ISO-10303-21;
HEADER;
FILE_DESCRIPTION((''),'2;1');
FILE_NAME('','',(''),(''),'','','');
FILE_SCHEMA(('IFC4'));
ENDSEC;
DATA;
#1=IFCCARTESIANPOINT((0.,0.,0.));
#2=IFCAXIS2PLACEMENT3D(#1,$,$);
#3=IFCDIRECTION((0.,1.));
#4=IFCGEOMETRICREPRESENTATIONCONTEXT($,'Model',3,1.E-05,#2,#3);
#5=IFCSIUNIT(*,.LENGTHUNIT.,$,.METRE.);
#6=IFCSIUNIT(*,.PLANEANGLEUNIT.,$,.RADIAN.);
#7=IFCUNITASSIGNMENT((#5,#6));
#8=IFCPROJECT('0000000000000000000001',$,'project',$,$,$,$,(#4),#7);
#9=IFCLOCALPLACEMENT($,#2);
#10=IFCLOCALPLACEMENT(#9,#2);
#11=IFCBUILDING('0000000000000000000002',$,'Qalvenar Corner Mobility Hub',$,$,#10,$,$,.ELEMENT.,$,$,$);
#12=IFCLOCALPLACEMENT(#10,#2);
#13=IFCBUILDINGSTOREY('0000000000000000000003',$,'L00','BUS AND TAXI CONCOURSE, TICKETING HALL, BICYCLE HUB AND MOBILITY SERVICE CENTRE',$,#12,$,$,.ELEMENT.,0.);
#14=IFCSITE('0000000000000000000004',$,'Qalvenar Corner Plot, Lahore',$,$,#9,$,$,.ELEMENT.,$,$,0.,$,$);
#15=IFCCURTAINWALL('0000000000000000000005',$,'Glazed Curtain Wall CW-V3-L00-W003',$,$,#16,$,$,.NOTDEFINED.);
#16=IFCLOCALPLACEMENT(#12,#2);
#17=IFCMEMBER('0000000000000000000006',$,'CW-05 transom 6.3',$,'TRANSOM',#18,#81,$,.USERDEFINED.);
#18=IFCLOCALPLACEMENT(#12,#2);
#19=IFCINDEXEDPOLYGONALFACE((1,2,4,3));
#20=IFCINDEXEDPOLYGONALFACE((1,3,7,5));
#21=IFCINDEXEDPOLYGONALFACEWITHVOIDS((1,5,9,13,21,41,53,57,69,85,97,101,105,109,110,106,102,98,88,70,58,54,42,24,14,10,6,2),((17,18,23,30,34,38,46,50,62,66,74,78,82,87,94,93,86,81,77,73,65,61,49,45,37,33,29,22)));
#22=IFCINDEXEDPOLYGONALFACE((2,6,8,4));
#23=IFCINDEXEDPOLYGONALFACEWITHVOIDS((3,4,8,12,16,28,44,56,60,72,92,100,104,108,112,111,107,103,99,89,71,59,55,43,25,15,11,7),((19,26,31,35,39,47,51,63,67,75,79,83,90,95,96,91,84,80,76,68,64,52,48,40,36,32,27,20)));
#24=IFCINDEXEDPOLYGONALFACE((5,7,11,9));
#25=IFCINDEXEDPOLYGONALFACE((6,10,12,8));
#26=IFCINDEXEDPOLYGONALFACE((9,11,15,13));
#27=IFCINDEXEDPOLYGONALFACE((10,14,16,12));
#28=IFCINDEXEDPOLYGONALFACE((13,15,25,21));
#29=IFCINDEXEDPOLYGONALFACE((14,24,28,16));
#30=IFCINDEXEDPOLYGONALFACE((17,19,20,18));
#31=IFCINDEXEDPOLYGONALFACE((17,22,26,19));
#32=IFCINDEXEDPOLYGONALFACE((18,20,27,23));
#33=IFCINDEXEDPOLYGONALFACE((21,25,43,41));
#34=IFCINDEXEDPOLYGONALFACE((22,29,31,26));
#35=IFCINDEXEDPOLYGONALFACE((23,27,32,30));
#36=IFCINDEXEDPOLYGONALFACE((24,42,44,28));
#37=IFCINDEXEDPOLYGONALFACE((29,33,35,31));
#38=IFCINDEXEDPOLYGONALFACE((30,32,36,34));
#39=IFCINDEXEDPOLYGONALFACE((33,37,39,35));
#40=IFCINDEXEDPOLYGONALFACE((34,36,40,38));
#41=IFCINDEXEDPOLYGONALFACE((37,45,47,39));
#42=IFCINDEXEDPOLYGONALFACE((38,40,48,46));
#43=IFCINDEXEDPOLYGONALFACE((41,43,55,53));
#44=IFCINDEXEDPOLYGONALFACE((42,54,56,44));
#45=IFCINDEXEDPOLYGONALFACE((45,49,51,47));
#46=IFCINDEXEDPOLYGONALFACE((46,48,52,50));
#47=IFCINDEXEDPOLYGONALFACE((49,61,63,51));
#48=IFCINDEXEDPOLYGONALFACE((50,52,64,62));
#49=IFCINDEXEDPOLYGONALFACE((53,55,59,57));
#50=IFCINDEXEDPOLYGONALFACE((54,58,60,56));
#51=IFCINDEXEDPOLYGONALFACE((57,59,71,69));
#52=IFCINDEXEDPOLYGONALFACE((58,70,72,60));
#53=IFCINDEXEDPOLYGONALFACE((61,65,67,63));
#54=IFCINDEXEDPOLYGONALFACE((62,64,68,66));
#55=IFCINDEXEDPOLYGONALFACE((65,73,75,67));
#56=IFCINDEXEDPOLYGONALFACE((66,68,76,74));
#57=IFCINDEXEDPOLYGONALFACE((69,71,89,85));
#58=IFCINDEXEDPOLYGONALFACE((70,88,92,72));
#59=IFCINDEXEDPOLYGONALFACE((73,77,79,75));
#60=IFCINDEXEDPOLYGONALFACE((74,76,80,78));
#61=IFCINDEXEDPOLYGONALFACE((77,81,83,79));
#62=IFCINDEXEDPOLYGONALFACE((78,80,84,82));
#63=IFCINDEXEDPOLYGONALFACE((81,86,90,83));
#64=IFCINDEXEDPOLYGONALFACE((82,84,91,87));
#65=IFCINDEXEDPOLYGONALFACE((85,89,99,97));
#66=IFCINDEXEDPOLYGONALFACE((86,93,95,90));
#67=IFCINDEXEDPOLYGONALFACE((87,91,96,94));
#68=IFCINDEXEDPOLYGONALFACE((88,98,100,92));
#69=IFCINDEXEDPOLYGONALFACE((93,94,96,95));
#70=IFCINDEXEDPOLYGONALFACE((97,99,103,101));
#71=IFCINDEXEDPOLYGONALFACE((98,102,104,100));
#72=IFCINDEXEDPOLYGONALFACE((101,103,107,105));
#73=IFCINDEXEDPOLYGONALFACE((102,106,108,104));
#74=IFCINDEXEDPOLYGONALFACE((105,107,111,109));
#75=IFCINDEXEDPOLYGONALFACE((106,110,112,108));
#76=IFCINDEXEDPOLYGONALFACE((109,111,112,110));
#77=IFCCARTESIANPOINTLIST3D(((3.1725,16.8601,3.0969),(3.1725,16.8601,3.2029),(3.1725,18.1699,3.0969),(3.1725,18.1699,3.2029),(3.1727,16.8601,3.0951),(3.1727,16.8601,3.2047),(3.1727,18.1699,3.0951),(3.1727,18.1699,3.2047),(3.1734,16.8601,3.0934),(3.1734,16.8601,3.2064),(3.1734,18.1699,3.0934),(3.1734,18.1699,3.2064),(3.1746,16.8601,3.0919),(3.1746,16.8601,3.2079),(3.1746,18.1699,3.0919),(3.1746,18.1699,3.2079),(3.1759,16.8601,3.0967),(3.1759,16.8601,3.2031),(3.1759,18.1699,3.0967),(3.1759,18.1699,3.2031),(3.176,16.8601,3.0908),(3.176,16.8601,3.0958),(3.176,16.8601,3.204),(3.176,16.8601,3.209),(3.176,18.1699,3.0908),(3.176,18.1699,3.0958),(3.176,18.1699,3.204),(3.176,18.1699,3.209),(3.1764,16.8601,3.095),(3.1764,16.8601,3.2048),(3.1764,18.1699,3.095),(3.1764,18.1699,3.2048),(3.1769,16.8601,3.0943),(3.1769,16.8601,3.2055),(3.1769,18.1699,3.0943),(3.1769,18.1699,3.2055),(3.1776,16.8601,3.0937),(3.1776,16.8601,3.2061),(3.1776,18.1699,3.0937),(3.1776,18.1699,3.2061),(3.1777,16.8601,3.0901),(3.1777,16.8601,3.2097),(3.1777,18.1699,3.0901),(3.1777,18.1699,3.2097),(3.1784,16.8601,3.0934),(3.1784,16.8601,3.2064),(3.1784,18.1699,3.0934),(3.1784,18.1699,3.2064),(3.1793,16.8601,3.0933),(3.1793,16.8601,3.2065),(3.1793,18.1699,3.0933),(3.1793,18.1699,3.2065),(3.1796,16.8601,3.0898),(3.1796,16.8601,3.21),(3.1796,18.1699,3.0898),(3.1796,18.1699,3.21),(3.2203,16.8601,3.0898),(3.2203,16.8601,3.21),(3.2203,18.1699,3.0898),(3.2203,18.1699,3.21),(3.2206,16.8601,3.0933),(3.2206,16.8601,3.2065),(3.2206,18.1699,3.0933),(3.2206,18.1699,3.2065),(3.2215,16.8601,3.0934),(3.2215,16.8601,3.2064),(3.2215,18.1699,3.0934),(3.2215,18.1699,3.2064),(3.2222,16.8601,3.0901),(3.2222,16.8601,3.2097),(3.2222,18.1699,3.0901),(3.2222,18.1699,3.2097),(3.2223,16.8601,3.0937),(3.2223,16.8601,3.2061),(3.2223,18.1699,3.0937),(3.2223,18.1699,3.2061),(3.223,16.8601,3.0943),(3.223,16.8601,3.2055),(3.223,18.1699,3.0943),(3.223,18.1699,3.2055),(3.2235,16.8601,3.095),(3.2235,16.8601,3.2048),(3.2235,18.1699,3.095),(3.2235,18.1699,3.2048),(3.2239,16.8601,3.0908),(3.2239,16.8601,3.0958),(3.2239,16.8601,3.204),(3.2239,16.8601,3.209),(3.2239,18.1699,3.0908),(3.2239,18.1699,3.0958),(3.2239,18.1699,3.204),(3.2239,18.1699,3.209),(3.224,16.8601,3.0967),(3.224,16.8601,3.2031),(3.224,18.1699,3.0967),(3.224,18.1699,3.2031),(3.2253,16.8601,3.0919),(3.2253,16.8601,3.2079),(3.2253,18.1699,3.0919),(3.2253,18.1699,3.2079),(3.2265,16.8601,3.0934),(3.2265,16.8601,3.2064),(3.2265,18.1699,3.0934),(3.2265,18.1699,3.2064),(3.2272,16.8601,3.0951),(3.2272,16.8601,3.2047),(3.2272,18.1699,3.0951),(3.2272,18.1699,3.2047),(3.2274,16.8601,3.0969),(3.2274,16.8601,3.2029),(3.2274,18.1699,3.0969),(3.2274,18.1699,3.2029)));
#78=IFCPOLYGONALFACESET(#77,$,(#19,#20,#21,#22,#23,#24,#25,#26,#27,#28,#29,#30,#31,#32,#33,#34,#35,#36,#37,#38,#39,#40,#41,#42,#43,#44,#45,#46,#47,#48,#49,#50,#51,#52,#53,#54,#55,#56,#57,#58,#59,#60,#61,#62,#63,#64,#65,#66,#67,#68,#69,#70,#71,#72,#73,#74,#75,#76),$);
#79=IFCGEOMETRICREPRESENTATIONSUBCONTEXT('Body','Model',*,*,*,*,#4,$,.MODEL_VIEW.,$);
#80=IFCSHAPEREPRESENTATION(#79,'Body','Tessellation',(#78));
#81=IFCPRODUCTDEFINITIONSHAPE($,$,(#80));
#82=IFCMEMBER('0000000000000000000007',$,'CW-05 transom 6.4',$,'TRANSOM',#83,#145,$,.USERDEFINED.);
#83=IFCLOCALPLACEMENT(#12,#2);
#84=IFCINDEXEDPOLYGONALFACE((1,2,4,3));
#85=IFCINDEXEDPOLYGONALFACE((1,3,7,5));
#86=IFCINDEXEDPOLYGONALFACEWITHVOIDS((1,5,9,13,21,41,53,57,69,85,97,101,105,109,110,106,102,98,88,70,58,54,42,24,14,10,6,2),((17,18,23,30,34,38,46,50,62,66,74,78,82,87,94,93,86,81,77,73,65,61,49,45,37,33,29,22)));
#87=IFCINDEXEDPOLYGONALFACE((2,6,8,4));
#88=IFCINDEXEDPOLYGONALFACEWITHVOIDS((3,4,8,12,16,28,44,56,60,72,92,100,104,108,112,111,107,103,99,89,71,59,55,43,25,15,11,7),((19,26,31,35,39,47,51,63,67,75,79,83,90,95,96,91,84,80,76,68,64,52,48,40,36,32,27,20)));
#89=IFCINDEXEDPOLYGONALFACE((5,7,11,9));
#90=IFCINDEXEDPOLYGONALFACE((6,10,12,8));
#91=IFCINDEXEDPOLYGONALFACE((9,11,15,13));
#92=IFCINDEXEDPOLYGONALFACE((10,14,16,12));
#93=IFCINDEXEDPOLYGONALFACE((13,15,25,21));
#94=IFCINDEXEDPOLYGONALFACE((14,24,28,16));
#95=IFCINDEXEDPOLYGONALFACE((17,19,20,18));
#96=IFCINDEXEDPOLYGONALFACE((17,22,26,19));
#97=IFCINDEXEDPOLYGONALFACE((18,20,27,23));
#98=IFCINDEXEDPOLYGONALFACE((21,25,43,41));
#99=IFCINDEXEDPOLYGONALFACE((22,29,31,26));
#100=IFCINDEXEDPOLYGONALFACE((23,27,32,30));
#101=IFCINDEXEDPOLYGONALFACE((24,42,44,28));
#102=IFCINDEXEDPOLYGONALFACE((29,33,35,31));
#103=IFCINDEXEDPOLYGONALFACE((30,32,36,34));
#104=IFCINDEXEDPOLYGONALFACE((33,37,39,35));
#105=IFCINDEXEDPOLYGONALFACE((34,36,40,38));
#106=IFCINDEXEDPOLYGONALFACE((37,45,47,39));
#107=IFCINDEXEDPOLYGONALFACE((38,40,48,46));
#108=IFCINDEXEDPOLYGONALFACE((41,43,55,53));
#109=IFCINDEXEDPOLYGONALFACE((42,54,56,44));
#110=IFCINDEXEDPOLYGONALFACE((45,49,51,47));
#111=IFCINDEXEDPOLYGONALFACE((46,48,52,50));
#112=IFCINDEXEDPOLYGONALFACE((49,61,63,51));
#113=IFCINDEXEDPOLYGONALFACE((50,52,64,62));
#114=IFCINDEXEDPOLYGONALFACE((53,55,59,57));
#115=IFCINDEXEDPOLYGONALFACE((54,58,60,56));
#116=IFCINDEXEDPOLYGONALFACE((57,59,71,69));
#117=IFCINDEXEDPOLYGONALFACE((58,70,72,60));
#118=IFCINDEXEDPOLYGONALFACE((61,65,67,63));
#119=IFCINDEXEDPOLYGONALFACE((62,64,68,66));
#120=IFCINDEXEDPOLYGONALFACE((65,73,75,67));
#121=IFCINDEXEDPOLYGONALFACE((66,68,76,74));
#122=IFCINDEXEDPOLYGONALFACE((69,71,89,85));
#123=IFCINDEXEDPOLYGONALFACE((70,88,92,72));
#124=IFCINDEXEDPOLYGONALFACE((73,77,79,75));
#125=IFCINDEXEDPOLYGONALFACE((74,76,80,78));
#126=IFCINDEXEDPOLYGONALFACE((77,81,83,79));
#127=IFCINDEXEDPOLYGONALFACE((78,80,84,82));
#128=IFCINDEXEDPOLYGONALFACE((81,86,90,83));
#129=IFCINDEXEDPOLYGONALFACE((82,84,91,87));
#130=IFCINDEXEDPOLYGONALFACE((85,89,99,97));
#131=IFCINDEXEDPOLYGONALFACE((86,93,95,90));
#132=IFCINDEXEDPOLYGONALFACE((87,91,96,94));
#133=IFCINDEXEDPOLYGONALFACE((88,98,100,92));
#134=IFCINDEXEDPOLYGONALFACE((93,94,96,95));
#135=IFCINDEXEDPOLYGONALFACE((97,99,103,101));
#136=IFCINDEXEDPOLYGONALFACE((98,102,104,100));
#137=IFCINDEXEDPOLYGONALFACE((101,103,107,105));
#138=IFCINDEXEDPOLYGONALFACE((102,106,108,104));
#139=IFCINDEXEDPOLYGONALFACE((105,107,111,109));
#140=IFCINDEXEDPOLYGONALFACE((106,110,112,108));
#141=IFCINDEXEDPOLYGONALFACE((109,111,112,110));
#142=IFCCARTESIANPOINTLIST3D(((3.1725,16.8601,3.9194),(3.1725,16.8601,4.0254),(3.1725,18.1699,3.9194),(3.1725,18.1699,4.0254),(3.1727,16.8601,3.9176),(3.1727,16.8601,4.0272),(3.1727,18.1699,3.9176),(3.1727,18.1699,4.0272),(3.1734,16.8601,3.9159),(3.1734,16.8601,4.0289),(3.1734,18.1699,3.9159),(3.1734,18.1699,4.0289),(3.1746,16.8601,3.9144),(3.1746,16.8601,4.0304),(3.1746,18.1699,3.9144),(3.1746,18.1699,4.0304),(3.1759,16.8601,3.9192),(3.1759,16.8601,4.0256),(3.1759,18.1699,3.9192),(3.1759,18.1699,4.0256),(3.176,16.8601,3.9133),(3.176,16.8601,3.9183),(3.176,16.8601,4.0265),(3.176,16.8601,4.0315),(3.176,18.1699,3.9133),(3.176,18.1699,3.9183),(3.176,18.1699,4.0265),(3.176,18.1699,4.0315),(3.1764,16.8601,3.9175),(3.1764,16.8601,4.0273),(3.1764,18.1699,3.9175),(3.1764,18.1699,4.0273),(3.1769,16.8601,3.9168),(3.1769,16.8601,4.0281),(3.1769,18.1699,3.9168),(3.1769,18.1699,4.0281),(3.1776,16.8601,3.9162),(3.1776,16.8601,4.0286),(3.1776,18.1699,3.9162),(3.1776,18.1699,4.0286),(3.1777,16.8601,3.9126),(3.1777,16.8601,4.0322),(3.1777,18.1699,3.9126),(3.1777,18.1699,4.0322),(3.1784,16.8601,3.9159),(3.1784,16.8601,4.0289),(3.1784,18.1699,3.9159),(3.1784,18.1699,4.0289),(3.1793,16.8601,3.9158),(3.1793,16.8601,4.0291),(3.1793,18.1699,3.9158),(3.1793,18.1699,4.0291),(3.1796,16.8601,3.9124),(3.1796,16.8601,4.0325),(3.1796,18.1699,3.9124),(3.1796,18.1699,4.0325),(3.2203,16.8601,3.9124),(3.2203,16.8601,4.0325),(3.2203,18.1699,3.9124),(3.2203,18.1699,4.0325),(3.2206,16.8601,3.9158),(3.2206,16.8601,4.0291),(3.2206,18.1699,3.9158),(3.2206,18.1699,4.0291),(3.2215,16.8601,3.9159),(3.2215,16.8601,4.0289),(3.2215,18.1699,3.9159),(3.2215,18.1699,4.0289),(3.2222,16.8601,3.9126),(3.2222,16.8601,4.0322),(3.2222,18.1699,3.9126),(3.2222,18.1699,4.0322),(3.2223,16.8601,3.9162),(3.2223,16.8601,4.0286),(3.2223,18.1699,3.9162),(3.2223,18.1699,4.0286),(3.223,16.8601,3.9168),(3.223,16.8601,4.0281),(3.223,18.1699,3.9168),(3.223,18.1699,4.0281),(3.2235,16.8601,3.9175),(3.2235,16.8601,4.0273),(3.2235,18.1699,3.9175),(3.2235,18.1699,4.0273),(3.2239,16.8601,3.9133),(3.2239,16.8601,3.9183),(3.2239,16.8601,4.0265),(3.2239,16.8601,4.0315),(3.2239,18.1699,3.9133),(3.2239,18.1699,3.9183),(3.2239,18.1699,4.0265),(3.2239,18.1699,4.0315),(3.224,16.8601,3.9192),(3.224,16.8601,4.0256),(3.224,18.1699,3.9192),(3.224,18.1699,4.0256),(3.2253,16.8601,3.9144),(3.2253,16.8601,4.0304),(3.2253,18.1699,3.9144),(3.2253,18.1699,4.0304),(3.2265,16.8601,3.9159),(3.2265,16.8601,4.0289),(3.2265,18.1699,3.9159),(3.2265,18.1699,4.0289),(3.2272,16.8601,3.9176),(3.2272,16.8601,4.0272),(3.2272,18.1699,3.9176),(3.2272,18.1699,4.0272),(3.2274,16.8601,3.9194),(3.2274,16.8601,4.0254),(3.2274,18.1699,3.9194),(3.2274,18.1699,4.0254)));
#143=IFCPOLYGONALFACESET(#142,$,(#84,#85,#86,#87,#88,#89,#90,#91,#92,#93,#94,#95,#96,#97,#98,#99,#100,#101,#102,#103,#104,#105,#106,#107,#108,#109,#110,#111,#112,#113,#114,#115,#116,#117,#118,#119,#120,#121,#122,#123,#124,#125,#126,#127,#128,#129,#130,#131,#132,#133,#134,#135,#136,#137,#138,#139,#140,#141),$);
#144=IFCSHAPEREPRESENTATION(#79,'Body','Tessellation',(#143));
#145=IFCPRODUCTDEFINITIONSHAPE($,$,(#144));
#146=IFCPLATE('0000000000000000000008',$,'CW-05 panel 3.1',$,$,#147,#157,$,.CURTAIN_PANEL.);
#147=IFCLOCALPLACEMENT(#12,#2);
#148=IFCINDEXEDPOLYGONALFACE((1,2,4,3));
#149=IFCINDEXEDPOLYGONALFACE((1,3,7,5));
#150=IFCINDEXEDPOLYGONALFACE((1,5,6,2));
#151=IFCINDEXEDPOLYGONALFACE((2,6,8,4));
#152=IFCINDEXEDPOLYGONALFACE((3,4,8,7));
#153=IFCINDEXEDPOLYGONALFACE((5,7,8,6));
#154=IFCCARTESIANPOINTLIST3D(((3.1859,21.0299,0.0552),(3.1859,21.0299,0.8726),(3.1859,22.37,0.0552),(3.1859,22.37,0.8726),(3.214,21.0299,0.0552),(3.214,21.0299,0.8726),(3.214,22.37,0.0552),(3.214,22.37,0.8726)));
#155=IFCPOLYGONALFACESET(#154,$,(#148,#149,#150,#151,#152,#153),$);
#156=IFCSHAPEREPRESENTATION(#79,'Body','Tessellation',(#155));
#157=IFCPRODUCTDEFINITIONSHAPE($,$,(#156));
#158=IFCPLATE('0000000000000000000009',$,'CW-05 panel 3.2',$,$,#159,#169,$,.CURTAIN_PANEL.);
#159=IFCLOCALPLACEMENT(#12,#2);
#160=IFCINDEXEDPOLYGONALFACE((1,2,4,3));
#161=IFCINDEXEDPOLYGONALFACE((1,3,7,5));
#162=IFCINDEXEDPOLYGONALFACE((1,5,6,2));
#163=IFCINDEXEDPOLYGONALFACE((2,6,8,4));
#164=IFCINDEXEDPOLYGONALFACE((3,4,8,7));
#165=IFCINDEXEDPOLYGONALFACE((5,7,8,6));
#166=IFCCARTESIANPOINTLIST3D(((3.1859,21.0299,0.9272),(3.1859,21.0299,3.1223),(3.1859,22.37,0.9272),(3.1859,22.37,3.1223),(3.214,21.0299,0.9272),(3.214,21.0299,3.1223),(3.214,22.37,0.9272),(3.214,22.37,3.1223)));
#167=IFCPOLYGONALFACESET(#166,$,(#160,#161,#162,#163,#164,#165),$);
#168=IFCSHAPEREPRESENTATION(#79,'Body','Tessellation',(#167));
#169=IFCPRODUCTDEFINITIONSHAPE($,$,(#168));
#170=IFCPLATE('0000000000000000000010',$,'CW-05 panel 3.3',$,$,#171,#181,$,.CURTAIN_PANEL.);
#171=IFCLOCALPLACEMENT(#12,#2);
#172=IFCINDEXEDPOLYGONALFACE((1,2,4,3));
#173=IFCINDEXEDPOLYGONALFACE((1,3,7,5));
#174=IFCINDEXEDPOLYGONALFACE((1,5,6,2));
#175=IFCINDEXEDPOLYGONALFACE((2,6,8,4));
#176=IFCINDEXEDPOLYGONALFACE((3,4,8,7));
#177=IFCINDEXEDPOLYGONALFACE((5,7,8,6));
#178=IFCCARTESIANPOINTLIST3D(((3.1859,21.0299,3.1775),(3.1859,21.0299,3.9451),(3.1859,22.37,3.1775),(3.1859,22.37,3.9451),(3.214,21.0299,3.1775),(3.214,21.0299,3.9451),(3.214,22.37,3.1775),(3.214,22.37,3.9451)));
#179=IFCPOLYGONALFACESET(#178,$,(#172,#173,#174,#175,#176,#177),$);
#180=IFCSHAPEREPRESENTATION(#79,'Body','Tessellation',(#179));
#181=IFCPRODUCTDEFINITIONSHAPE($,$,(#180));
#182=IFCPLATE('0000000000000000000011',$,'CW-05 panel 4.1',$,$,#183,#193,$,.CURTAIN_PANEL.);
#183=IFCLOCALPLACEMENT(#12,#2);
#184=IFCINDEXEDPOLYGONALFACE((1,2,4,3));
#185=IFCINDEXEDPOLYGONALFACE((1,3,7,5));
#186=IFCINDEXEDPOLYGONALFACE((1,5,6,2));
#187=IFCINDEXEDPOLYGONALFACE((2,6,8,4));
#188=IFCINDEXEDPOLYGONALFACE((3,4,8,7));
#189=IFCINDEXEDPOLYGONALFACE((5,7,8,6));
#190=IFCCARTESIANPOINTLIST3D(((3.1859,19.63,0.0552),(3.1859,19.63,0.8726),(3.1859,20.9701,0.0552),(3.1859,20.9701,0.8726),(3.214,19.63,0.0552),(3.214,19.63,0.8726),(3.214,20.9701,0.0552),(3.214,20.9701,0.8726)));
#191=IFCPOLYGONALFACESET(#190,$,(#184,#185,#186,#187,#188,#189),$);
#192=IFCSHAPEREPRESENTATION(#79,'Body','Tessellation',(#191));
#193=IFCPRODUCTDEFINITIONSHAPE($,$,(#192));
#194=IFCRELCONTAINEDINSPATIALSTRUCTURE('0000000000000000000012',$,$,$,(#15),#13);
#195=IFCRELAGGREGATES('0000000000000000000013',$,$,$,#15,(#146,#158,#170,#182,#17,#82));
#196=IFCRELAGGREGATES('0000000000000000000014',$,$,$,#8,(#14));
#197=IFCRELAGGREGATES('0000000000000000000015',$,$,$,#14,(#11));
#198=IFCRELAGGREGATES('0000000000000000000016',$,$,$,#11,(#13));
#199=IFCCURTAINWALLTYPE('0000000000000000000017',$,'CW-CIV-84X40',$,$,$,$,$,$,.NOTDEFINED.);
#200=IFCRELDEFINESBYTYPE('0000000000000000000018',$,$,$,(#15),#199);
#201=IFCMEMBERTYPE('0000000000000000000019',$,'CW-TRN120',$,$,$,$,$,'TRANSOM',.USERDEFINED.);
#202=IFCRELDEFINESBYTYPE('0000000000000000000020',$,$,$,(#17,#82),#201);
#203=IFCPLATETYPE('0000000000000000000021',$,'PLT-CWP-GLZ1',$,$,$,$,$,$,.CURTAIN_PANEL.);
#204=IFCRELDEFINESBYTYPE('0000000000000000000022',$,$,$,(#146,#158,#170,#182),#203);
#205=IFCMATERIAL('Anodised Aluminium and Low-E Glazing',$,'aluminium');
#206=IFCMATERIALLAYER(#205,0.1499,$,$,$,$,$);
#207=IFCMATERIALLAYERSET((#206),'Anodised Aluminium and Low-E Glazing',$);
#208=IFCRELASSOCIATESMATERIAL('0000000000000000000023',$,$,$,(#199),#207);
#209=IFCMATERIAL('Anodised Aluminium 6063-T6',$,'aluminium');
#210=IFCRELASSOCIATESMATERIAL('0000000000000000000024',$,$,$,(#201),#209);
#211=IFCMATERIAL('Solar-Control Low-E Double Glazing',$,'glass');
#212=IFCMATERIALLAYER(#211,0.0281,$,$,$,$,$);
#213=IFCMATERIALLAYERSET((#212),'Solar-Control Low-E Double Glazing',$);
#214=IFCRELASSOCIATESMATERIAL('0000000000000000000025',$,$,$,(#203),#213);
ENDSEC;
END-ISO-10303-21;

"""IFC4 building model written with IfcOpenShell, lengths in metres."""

from ifc_helpers import new_model, si_unit, direction, frame, origin, origin_2d, place, context, subcontext, project, spatial, rectangle, hollow_rectangle, extrude, material, layer, layer_set, material_profile, profile_set, type_object, element, aggregate, save


model = new_model("IFC4")

# Units and contexts
model_context = context("Model", 3, precision=1e-05, world=origin(), true_north=direction((0.0, 1.0)))
body_context = subcontext(model_context, "Body", "Model", "MODEL_VIEW")
ifc_project = project(units=[si_unit("LENGTHUNIT", "METRE"), si_unit("PLANEANGLEUNIT", "RADIAN")], contexts=[model_context])

# Site, building, storey
site_placement = place(None, origin())
site = spatial("IfcSite", under=ifc_project, at=site_placement, Name="Qalvenar Corner Plot, Lahore", CompositionType="ELEMENT", RefElevation=0.0)
building_placement = place(site_placement, origin())
building = spatial("IfcBuilding", under=site, at=building_placement, Name="Qalvenar Corner Mobility Hub", CompositionType="ELEMENT")
storey_placement = place(building_placement, origin())
storey = spatial("IfcBuildingStorey", under=building, at=storey_placement, Name="L00", Description="BUS AND TAXI CONCOURSE, TICKETING HALL, BICYCLE HUB AND MOBILITY SERVICE CENTRE", CompositionType="ELEMENT", Elevation=0.0)

# Curtain wall, members, plates
ifc_material_1 = material(Name="Anodised Aluminium and Low-E Glazing", Category="aluminium")
ifc_layer_1 = layer(ifc_material_1, 0.1499)
ifc_layer_set_1 = layer_set([ifc_layer_1], Name="Anodised Aluminium and Low-E Glazing")
curtain_wall_type = type_object("IfcCurtainWallType", Name="CW-CIV-84X40", PredefinedType="NOTDEFINED", material=ifc_layer_set_1)
curtain_wall_placement = place(storey_placement, origin())
curtain_wall = element("IfcCurtainWall", 1, at=curtain_wall_placement, inside=storey, type_object=curtain_wall_type, Name="Glazed Curtain Wall CW-V3-L00-W003", PredefinedType="NOTDEFINED")
ifc_material_2 = material(Name="Anodised Aluminium 6063-T6", Category="aluminium")
ifc_material_profile_1 = material_profile(ifc_material_2, hollow_rectangle(XDim=0.0549, YDim=0.1201, WallThickness=0.0034, InnerFilletRadius=0.0034, OuterFilletRadius=0.0071, at=origin_2d()), Name="RHS120x55x3.5")
ifc_profile_set_1 = profile_set([ifc_material_profile_1], Name="Anodised Aluminium 6063-T6")
member_type_1 = type_object("IfcMemberType", Name="CW-TRN120", ElementType="TRANSOM", PredefinedType="USERDEFINED", material=ifc_profile_set_1)
member_1_placement = place(storey_placement, frame((3.2, 18.1699, 3.1499), z_axis=(0.0, -1.0, 0.0), x_axis=(1.0, 0.0, 0.0)))
member_1 = element("IfcMember", 2, at=member_1_placement, type_object=member_type_1, Name="CW-05 transom 6.3", ObjectType="TRANSOM", PredefinedType="USERDEFINED", context=body_context, shape_type="SweptSolid", body=[
    extrude(hollow_rectangle(XDim=0.0549, YDim=0.1201, WallThickness=0.0034, InnerFilletRadius=0.0034, OuterFilletRadius=0.0071, at=origin_2d()), origin(), (0.0, 0.0, 1.0), 1.3098),
])
member_2_placement = place(storey_placement, frame((3.2, 18.1699, 3.9724), z_axis=(0.0, -1.0, 0.0), x_axis=(1.0, 0.0, 0.0)))
member_2 = element("IfcMember", 3, at=member_2_placement, type_object=member_type_1, Name="CW-05 transom 6.4", ObjectType="TRANSOM", PredefinedType="USERDEFINED", context=body_context, shape_type="SweptSolid", body=[
    extrude(hollow_rectangle(XDim=0.0549, YDim=0.1201, WallThickness=0.0034, InnerFilletRadius=0.0034, OuterFilletRadius=0.0071, at=origin_2d()), origin(), (0.0, 0.0, 1.0), 1.3098),
])
ifc_material_3 = material(Name="Solar-Control Low-E Double Glazing", Category="glass")
ifc_layer_2 = layer(ifc_material_3, 0.0281)
ifc_layer_set_2 = layer_set([ifc_layer_2], Name="Solar-Control Low-E Double Glazing")
plate_type = type_object("IfcPlateType", Name="PLT-CWP-GLZ1", PredefinedType="CURTAIN_PANEL", material=ifc_layer_set_2)
plate_1_placement = place(storey_placement, frame((3.2, 21.7, 0.0552), z_axis=(0.0, 0.0, 1.0), x_axis=(0.0, -1.0, 0.0)))
plate_1 = element("IfcPlate", 4, at=plate_1_placement, type_object=plate_type, Name="CW-05 panel 3.1", PredefinedType="CURTAIN_PANEL", context=body_context, shape_type="SweptSolid", body=[
    extrude(rectangle(XDim=1.3401, YDim=0.0281, at=origin_2d()), origin(), (0.0, 0.0, 1.0), 0.8174),
])
plate_2_placement = place(storey_placement, frame((3.2, 21.7, 0.9272), z_axis=(0.0, 0.0, 1.0), x_axis=(0.0, -1.0, 0.0)))
plate_2 = element("IfcPlate", 5, at=plate_2_placement, type_object=plate_type, Name="CW-05 panel 3.2", PredefinedType="CURTAIN_PANEL", context=body_context, shape_type="SweptSolid", body=[
    extrude(rectangle(XDim=1.3401, YDim=0.0281, at=origin_2d()), origin(), (0.0, 0.0, 1.0), 2.1951),
])
plate_3_placement = place(storey_placement, frame((3.2, 21.7, 3.1775), z_axis=(0.0, 0.0, 1.0), x_axis=(0.0, -1.0, 0.0)))
plate_3 = element("IfcPlate", 6, at=plate_3_placement, type_object=plate_type, Name="CW-05 panel 3.3", PredefinedType="CURTAIN_PANEL", context=body_context, shape_type="SweptSolid", body=[
    extrude(rectangle(XDim=1.3401, YDim=0.0281, at=origin_2d()), origin(), (0.0, 0.0, 1.0), 0.7676),
])
plate_4_placement = place(storey_placement, frame((3.2, 20.3, 0.0552), z_axis=(0.0, 0.0, 1.0), x_axis=(0.0, -1.0, 0.0)))
plate_4 = element("IfcPlate", 7, at=plate_4_placement, type_object=plate_type, Name="CW-05 panel 4.1", PredefinedType="CURTAIN_PANEL", context=body_context, shape_type="SweptSolid", body=[
    extrude(rectangle(XDim=1.3401, YDim=0.0281, at=origin_2d()), origin(), (0.0, 0.0, 1.0), 0.8174),
])
aggregate(curtain_wall, [plate_1, plate_2, plate_3, plate_4, member_1, member_2])

save(model, "model.ifc")
